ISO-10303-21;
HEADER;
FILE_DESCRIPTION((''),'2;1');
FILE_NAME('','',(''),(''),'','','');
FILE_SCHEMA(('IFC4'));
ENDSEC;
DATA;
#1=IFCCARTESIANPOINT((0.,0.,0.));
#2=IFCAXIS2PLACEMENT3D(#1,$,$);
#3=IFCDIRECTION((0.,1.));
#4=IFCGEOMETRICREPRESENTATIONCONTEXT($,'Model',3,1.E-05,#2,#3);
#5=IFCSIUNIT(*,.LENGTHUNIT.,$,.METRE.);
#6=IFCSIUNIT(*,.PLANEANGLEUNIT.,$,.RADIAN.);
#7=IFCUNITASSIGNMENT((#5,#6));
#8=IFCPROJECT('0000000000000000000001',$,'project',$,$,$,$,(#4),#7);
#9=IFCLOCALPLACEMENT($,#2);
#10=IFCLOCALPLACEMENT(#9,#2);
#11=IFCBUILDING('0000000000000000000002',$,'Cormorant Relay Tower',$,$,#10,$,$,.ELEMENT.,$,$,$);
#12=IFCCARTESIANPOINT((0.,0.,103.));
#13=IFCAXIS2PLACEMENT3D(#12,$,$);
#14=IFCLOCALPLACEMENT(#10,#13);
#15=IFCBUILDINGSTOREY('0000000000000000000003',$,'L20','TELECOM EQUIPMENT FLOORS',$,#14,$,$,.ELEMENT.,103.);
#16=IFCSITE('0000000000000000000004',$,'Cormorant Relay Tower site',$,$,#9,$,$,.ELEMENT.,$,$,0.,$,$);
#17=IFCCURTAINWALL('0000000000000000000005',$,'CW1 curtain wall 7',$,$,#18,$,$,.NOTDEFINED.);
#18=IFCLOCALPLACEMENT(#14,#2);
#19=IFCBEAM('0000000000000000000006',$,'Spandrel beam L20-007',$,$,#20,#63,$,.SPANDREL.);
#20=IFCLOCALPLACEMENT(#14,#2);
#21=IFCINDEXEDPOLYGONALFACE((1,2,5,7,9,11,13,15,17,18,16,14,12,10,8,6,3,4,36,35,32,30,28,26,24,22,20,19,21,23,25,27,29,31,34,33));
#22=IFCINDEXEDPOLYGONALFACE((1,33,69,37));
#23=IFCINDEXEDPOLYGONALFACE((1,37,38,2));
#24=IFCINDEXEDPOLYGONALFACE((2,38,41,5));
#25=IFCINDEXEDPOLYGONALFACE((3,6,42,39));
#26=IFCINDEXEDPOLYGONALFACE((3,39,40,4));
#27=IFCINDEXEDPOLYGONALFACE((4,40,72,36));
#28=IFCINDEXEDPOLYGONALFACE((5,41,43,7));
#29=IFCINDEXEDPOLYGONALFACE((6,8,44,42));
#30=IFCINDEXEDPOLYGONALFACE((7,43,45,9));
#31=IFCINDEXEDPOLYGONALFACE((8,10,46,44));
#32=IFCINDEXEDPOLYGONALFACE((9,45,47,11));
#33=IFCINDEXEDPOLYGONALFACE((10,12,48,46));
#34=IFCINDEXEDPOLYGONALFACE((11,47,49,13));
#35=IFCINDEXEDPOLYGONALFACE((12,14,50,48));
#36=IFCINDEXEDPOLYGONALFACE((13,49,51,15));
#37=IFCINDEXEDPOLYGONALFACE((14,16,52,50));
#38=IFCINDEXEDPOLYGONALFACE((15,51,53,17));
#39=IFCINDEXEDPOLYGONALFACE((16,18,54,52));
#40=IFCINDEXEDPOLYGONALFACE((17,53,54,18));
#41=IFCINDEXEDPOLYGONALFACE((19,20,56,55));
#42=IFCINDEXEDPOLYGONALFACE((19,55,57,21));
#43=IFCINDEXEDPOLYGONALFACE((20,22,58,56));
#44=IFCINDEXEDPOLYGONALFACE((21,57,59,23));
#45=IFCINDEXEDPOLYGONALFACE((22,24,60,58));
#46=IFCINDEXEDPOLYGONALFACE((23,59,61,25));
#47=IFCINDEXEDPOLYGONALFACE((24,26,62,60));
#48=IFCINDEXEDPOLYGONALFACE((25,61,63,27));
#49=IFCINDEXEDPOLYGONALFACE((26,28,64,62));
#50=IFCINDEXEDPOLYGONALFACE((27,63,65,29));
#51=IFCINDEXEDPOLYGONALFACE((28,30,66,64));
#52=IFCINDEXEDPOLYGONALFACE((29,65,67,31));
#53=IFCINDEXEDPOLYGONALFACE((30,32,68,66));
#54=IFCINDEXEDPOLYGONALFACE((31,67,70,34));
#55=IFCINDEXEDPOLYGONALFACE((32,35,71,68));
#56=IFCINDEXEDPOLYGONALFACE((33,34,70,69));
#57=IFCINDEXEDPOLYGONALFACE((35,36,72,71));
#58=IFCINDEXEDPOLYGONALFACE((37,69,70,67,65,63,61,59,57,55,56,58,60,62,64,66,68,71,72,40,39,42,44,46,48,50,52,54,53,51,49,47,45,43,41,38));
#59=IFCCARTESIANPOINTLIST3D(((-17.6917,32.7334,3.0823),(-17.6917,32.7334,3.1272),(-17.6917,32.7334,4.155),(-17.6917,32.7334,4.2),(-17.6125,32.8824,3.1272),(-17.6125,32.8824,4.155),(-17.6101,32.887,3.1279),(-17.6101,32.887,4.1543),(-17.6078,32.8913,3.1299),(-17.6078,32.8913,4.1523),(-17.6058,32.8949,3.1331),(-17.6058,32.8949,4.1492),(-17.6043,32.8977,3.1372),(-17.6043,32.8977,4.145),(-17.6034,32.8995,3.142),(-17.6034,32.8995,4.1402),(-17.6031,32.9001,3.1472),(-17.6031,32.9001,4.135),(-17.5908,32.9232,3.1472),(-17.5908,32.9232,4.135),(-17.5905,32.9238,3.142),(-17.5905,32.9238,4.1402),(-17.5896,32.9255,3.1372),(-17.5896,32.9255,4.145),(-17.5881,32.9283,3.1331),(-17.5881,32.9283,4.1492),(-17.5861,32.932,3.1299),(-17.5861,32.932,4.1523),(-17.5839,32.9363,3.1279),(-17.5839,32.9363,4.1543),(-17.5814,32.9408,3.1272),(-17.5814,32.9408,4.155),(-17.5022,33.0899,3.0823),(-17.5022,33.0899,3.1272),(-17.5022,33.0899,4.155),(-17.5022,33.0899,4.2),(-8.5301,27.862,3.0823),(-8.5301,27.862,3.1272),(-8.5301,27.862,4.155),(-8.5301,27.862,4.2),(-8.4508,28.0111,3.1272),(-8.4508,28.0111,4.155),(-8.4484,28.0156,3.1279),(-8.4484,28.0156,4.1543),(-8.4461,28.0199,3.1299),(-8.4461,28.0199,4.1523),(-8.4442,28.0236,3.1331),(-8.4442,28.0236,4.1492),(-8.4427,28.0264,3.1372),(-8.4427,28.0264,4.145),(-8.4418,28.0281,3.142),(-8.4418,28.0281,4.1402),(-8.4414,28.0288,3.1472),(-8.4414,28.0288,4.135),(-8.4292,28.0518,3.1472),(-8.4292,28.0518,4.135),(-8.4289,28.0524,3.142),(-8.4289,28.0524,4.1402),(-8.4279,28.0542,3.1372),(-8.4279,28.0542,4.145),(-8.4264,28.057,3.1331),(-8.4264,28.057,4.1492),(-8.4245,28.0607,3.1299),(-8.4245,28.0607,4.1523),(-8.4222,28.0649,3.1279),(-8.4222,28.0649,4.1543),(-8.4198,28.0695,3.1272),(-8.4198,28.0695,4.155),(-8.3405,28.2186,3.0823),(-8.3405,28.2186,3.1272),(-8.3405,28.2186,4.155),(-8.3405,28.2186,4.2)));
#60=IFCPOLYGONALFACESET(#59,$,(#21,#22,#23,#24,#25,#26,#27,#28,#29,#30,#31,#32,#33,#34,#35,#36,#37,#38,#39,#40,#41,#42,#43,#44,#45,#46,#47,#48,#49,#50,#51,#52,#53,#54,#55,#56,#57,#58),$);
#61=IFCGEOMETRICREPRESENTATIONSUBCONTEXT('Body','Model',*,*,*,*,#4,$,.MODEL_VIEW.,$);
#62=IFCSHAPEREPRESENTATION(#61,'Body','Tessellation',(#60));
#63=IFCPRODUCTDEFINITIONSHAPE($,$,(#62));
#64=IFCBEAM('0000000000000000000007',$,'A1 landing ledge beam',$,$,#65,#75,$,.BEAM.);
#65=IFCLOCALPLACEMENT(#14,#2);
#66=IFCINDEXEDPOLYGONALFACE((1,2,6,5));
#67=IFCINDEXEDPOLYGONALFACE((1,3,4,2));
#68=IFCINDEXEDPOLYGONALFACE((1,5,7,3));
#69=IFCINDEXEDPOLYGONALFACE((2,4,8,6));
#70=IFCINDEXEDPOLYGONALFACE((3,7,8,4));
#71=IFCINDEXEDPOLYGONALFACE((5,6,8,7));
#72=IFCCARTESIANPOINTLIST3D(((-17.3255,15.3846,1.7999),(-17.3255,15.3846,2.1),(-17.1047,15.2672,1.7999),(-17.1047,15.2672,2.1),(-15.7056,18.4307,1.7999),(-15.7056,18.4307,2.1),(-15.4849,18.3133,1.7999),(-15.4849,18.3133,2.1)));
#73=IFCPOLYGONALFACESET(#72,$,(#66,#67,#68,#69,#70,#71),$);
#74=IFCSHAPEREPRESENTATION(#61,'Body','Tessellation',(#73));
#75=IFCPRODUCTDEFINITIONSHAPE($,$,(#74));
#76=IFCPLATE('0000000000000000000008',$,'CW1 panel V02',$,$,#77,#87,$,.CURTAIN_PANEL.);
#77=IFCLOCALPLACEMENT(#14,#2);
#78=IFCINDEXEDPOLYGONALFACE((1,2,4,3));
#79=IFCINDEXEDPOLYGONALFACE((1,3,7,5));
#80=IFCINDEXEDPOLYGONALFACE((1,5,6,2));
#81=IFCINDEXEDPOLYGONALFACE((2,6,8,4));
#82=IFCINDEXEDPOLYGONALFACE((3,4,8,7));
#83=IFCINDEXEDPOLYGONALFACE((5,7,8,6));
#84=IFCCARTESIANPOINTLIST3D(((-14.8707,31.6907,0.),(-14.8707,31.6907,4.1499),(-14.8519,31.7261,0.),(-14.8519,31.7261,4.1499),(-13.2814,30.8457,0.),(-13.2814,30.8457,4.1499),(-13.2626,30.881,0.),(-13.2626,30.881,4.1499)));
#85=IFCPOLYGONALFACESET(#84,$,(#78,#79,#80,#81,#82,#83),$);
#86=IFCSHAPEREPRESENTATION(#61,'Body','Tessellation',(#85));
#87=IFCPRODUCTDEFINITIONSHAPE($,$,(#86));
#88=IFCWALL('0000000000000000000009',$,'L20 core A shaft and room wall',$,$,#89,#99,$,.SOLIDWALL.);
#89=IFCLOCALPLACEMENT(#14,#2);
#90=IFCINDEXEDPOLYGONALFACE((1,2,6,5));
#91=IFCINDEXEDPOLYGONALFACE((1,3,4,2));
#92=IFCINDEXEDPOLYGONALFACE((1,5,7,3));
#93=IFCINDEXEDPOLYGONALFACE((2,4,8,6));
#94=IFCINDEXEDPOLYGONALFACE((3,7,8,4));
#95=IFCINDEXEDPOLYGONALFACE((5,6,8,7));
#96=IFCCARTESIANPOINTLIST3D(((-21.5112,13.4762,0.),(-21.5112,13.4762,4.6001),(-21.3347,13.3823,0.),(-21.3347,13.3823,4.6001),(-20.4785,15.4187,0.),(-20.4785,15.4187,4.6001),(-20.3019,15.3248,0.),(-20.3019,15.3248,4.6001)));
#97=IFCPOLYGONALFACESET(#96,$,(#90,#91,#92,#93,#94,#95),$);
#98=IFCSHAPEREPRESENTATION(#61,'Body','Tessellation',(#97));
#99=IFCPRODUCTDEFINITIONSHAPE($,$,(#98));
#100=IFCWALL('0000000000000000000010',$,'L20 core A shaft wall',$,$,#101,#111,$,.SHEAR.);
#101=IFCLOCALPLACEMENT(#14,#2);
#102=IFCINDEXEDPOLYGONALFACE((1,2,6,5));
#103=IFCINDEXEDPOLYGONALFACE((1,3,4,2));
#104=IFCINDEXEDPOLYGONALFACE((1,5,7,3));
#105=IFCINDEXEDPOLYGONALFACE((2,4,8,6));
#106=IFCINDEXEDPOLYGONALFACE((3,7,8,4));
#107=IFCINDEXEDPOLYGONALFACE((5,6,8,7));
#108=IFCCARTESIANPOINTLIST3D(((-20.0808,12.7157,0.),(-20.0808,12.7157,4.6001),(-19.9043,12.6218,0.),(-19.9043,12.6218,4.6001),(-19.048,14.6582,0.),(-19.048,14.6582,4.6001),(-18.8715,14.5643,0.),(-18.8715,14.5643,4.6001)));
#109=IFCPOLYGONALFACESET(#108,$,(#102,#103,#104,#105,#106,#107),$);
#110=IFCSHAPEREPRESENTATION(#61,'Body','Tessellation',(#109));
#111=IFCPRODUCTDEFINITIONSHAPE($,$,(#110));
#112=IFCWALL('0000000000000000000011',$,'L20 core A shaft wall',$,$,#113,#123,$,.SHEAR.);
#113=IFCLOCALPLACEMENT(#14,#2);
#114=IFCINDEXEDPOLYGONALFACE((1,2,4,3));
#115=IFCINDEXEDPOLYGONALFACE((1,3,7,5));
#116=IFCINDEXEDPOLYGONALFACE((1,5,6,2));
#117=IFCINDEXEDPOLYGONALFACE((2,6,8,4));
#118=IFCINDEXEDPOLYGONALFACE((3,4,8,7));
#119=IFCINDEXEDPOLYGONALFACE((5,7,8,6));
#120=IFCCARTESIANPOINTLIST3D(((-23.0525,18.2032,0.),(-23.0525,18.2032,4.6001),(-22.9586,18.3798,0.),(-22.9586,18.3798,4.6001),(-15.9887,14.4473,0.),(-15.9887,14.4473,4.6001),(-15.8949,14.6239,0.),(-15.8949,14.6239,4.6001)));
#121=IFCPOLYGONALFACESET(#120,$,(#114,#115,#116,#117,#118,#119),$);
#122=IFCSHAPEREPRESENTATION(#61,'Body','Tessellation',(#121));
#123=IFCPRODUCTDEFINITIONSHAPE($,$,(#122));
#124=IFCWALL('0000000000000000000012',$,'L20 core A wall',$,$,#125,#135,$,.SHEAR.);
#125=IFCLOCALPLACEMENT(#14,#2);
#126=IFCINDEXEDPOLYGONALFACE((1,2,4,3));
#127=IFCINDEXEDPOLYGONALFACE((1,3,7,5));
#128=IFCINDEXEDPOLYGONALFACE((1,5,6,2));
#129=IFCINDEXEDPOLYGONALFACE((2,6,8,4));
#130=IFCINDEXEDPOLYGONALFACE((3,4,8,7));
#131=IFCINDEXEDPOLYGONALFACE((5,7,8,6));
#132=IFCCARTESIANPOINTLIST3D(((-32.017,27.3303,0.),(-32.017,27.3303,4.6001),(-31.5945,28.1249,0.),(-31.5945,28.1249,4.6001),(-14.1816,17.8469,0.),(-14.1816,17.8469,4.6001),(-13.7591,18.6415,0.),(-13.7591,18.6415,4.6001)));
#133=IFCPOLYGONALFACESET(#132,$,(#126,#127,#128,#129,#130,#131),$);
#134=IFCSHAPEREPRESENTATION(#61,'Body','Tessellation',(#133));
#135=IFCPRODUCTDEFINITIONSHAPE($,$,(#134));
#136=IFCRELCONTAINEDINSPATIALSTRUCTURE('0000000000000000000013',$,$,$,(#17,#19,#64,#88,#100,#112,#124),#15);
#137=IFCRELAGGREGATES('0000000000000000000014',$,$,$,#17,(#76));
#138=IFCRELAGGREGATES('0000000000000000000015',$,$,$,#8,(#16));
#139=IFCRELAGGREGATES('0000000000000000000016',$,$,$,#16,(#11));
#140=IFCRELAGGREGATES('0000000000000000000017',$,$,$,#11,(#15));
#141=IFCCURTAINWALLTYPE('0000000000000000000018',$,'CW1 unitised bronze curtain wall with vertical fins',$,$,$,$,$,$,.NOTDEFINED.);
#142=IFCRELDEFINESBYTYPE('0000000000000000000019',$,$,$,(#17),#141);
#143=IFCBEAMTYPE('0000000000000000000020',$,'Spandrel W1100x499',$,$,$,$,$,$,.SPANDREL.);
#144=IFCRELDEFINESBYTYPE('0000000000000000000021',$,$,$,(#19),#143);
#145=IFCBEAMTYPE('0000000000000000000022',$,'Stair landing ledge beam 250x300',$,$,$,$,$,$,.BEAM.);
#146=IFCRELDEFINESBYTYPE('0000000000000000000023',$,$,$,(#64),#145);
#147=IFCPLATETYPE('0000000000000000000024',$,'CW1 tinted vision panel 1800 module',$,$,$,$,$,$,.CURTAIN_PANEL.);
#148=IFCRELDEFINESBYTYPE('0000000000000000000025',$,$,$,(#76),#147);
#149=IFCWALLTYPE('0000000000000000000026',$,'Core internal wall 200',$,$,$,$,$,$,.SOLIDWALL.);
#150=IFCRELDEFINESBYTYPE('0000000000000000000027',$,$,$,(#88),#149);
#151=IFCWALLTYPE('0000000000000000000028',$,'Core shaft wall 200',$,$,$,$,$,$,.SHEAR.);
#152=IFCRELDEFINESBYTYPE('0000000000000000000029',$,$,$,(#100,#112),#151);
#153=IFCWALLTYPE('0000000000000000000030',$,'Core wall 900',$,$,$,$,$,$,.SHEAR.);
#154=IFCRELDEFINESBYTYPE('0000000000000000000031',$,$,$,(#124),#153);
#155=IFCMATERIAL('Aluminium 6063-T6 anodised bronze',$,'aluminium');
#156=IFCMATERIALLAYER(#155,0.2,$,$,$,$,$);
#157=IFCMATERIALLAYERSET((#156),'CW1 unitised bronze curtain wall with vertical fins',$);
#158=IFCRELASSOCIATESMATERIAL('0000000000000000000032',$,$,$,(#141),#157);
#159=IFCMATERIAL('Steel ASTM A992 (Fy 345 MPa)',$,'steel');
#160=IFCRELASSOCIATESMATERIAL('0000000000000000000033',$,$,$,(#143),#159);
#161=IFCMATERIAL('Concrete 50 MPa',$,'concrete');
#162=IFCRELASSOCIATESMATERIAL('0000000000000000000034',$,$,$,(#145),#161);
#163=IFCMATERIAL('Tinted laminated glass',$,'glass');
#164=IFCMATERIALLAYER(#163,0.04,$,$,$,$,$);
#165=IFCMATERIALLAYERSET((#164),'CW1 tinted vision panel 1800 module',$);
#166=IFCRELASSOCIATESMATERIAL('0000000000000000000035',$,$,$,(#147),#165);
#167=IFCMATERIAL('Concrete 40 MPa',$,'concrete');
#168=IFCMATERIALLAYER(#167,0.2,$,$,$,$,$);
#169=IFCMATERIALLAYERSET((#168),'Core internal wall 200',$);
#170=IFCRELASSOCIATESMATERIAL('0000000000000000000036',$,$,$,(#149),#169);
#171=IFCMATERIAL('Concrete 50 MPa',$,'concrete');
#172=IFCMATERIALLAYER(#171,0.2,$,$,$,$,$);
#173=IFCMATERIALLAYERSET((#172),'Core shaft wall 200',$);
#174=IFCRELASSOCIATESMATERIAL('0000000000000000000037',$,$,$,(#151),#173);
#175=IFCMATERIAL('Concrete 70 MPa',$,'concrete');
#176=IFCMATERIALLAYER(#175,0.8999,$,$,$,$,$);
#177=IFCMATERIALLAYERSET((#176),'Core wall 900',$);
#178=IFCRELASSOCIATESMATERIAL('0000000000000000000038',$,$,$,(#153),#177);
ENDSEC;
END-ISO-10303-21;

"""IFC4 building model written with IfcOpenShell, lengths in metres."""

from ifc_helpers import new_model, si_unit, direction, frame, frame_2d, origin, origin_2d, place, context, subcontext, project, spatial, rectangle, i_section, extrude, material, layer, layer_set, material_profile, profile_set, type_object, element, aggregate, save


model = new_model("IFC4")

# Units and contexts
model_context = context("Model", 3, precision=1e-05, world=origin(), true_north=direction((0.0, 1.0)))
body_context = subcontext(model_context, "Body", "Model", "MODEL_VIEW")
ifc_project = project(units=[si_unit("LENGTHUNIT", "METRE"), si_unit("PLANEANGLEUNIT", "RADIAN")], contexts=[model_context])

# Site, building, storey
site_placement = place(None, origin())
site = spatial("IfcSite", under=ifc_project, at=site_placement, Name="Cormorant Relay Tower site", CompositionType="ELEMENT", RefElevation=0.0)
building_placement = place(site_placement, origin())
building = spatial("IfcBuilding", under=site, at=building_placement, Name="Cormorant Relay Tower", CompositionType="ELEMENT")
storey_placement = place(building_placement, frame((0.0, 0.0, 103.0)))
storey = spatial("IfcBuildingStorey", under=building, at=storey_placement, Name="L20", Description="TELECOM EQUIPMENT FLOORS", CompositionType="ELEMENT", Elevation=103.0)

# Curtain wall
ifc_material_1 = material(Name="Aluminium 6063-T6 anodised bronze", Category="aluminium")
ifc_layer_1 = layer(ifc_material_1, 0.2)
ifc_layer_set_1 = layer_set([ifc_layer_1], Name="CW1 unitised bronze curtain wall with vertical fins")
curtain_wall_type = type_object("IfcCurtainWallType", Name="CW1 unitised bronze curtain wall with vertical fins", PredefinedType="NOTDEFINED", material=ifc_layer_set_1)
curtain_wall_placement = place(storey_placement, origin())
curtain_wall = element("IfcCurtainWall", 1, at=curtain_wall_placement, inside=storey, type_object=curtain_wall_type, Name="CW1 curtain wall 7", PredefinedType="NOTDEFINED")

# Beams
ifc_material_2 = material(Name="Steel ASTM A992 (Fy 345 MPa)", Category="steel")
ifc_material_profile_1 = material_profile(ifc_material_2, i_section(OverallWidth=0.4038, OverallDepth=1.1177, WebThickness=0.0261, FlangeThickness=0.0449, FilletRadius=0.02, at=origin_2d()), Name="W1100x499")
ifc_profile_set_1 = profile_set([ifc_material_profile_1], Name="Steel ASTM A992 (Fy 345 MPa)")
beam_type_1 = type_object("IfcBeamType", Name="Spandrel W1100x499", PredefinedType="SPANDREL", material=ifc_profile_set_1)
beam_1_placement = place(storey_placement, frame((-8.4353, 28.0403, 3.6411), z_axis=(-0.882947, 0.469473, 0.0), x_axis=(-0.469473, -0.882947, 0.0)))
element("IfcBeam", 2, at=beam_1_placement, inside=storey, type_object=beam_type_1, Name="Spandrel beam L20-007", PredefinedType="SPANDREL", context=body_context, shape_type="SweptSolid", body=[
    extrude(i_section(OverallWidth=0.4038, OverallDepth=1.1177, WebThickness=0.0261, FlangeThickness=0.0449, FilletRadius=0.02, at=origin_2d()), origin(), (0.0, 0.0, 1.0), 10.3762),
])
ifc_material_3 = material(Name="Concrete 50 MPa", Category="concrete")
ifc_material_profile_2 = material_profile(ifc_material_3, rectangle(XDim=0.25, YDim=0.3, at=origin_2d()), Name="RC 250x300")
ifc_profile_set_2 = profile_set([ifc_material_profile_2], Name="Concrete 50 MPa")
beam_type_2 = type_object("IfcBeamType", Name="Stair landing ledge beam 250x300", PredefinedType="BEAM", material=ifc_profile_set_2)
beam_2_placement = place(storey_placement, frame((-17.2151, 15.3259, 1.95), z_axis=(0.469519, 0.882922, 0.0), x_axis=(-0.882922, 0.469519, 0.0)))
element("IfcBeam", 3, at=beam_2_placement, inside=storey, type_object=beam_type_2, Name="A1 landing ledge beam", PredefinedType="BEAM", context=body_context, shape_type="SweptSolid", body=[
    extrude(rectangle(XDim=0.25, YDim=0.3, at=origin_2d()), origin(), (0.0, 0.0, 1.0), 3.45),
])

# Plate
ifc_material_4 = material(Name="Tinted laminated glass", Category="glass")
ifc_layer_2 = layer(ifc_material_4, 0.04)
ifc_layer_set_2 = layer_set([ifc_layer_2], Name="CW1 tinted vision panel 1800 module")
plate_type = type_object("IfcPlateType", Name="CW1 tinted vision panel 1800 module", PredefinedType="CURTAIN_PANEL", material=ifc_layer_set_2)
plate_placement = place(storey_placement, frame((-14.0667, 31.2859, 0.0), z_axis=(0.0, 0.0, 1.0), x_axis=(-0.882948, 0.469472, 0.0)))
plate = element("IfcPlate", 4, at=plate_placement, type_object=plate_type, Name="CW1 panel V02", PredefinedType="CURTAIN_PANEL", context=body_context, shape_type="SweptSolid", body=[
    extrude(rectangle(XDim=1.8, YDim=0.04, at=origin_2d()), origin(), (0.0, 0.0, 1.0), 4.1499),
])

# Walls
ifc_material_5 = material(Name="Concrete 40 MPa", Category="concrete")
ifc_layer_3 = layer(ifc_material_5, 0.2)
ifc_layer_set_3 = layer_set([ifc_layer_3], Name="Core internal wall 200")
wall_type_1 = type_object("IfcWallType", Name="Core internal wall 200", PredefinedType="SOLIDWALL", material=ifc_layer_set_3)
wall_1_placement = place(storey_placement, frame((-20.3901, 15.3718, 0.0), z_axis=(0.0, 0.0, 1.0), x_axis=(-0.469447, -0.88296, 0.0)))
element("IfcWall", 5, at=wall_1_placement, inside=storey, type_object=wall_type_1, Name="L20 core A shaft and room wall", PredefinedType="SOLIDWALL", context=body_context, shape_type="SweptSolid", body=[
    extrude(rectangle(XDim=2.2, YDim=0.2, at=frame_2d((1.1001, 0.0))), origin(), (0.0, 0.0, 1.0), 4.6001),
])
ifc_material_6 = material(Name="Concrete 50 MPa", Category="concrete")
ifc_layer_4 = layer(ifc_material_6, 0.2)
ifc_layer_set_4 = layer_set([ifc_layer_4], Name="Core shaft wall 200")
wall_type_2 = type_object("IfcWallType", Name="Core shaft wall 200", PredefinedType="SHEAR", material=ifc_layer_set_4)
wall_2_placement = place(storey_placement, frame((-18.9597, 14.6113, 0.0), z_axis=(0.0, 0.0, 1.0), x_axis=(-0.469447, -0.88296, 0.0)))
element("IfcWall", 6, at=wall_2_placement, inside=storey, type_object=wall_type_2, Name="L20 core A shaft wall", PredefinedType="SHEAR", context=body_context, shape_type="SweptSolid", body=[
    extrude(rectangle(XDim=2.2, YDim=0.2, at=frame_2d((1.1001, 0.0))), origin(), (0.0, 0.0, 1.0), 4.6001),
])
wall_3_placement = place(storey_placement, frame((-15.9419, 14.5356, 0.0), z_axis=(0.0, 0.0, 1.0), x_axis=(-0.882947, 0.469473, 0.0)))
element("IfcWall", 7, at=wall_3_placement, inside=storey, type_object=wall_type_2, Name="L20 core A shaft wall", PredefinedType="SHEAR", context=body_context, shape_type="SweptSolid", body=[
    extrude(rectangle(XDim=8.0002, YDim=0.2, at=frame_2d((4.0, 0.0))), origin(), (0.0, 0.0, 1.0), 4.6001),
])

# Shared definitions
ifc_material_7 = material(Name="Concrete 70 MPa", Category="concrete")
ifc_layer_5 = layer(ifc_material_7, 0.8999)
ifc_layer_set_5 = layer_set([ifc_layer_5], Name="Core wall 900")
wall_type_3 = type_object("IfcWallType", Name="Core wall 900", PredefinedType="SHEAR", material=ifc_layer_set_5)

# Wall
wall_4_placement = place(storey_placement, frame((-13.9702, 18.2441, 0.0), z_axis=(0.0, 0.0, 1.0), x_axis=(-0.882945, 0.469476, 0.0)))
element("IfcWall", 8, at=wall_4_placement, inside=storey, type_object=wall_type_3, Name="L20 core A wall", PredefinedType="SHEAR", context=body_context, shape_type="SweptSolid", body=[
    extrude(rectangle(XDim=20.2, YDim=0.8999, at=frame_2d((10.1001, 0.0))), origin(), (0.0, 0.0, 1.0), 4.6001),
])

aggregate(curtain_wall, [plate])

save(model, "model.ifc")
